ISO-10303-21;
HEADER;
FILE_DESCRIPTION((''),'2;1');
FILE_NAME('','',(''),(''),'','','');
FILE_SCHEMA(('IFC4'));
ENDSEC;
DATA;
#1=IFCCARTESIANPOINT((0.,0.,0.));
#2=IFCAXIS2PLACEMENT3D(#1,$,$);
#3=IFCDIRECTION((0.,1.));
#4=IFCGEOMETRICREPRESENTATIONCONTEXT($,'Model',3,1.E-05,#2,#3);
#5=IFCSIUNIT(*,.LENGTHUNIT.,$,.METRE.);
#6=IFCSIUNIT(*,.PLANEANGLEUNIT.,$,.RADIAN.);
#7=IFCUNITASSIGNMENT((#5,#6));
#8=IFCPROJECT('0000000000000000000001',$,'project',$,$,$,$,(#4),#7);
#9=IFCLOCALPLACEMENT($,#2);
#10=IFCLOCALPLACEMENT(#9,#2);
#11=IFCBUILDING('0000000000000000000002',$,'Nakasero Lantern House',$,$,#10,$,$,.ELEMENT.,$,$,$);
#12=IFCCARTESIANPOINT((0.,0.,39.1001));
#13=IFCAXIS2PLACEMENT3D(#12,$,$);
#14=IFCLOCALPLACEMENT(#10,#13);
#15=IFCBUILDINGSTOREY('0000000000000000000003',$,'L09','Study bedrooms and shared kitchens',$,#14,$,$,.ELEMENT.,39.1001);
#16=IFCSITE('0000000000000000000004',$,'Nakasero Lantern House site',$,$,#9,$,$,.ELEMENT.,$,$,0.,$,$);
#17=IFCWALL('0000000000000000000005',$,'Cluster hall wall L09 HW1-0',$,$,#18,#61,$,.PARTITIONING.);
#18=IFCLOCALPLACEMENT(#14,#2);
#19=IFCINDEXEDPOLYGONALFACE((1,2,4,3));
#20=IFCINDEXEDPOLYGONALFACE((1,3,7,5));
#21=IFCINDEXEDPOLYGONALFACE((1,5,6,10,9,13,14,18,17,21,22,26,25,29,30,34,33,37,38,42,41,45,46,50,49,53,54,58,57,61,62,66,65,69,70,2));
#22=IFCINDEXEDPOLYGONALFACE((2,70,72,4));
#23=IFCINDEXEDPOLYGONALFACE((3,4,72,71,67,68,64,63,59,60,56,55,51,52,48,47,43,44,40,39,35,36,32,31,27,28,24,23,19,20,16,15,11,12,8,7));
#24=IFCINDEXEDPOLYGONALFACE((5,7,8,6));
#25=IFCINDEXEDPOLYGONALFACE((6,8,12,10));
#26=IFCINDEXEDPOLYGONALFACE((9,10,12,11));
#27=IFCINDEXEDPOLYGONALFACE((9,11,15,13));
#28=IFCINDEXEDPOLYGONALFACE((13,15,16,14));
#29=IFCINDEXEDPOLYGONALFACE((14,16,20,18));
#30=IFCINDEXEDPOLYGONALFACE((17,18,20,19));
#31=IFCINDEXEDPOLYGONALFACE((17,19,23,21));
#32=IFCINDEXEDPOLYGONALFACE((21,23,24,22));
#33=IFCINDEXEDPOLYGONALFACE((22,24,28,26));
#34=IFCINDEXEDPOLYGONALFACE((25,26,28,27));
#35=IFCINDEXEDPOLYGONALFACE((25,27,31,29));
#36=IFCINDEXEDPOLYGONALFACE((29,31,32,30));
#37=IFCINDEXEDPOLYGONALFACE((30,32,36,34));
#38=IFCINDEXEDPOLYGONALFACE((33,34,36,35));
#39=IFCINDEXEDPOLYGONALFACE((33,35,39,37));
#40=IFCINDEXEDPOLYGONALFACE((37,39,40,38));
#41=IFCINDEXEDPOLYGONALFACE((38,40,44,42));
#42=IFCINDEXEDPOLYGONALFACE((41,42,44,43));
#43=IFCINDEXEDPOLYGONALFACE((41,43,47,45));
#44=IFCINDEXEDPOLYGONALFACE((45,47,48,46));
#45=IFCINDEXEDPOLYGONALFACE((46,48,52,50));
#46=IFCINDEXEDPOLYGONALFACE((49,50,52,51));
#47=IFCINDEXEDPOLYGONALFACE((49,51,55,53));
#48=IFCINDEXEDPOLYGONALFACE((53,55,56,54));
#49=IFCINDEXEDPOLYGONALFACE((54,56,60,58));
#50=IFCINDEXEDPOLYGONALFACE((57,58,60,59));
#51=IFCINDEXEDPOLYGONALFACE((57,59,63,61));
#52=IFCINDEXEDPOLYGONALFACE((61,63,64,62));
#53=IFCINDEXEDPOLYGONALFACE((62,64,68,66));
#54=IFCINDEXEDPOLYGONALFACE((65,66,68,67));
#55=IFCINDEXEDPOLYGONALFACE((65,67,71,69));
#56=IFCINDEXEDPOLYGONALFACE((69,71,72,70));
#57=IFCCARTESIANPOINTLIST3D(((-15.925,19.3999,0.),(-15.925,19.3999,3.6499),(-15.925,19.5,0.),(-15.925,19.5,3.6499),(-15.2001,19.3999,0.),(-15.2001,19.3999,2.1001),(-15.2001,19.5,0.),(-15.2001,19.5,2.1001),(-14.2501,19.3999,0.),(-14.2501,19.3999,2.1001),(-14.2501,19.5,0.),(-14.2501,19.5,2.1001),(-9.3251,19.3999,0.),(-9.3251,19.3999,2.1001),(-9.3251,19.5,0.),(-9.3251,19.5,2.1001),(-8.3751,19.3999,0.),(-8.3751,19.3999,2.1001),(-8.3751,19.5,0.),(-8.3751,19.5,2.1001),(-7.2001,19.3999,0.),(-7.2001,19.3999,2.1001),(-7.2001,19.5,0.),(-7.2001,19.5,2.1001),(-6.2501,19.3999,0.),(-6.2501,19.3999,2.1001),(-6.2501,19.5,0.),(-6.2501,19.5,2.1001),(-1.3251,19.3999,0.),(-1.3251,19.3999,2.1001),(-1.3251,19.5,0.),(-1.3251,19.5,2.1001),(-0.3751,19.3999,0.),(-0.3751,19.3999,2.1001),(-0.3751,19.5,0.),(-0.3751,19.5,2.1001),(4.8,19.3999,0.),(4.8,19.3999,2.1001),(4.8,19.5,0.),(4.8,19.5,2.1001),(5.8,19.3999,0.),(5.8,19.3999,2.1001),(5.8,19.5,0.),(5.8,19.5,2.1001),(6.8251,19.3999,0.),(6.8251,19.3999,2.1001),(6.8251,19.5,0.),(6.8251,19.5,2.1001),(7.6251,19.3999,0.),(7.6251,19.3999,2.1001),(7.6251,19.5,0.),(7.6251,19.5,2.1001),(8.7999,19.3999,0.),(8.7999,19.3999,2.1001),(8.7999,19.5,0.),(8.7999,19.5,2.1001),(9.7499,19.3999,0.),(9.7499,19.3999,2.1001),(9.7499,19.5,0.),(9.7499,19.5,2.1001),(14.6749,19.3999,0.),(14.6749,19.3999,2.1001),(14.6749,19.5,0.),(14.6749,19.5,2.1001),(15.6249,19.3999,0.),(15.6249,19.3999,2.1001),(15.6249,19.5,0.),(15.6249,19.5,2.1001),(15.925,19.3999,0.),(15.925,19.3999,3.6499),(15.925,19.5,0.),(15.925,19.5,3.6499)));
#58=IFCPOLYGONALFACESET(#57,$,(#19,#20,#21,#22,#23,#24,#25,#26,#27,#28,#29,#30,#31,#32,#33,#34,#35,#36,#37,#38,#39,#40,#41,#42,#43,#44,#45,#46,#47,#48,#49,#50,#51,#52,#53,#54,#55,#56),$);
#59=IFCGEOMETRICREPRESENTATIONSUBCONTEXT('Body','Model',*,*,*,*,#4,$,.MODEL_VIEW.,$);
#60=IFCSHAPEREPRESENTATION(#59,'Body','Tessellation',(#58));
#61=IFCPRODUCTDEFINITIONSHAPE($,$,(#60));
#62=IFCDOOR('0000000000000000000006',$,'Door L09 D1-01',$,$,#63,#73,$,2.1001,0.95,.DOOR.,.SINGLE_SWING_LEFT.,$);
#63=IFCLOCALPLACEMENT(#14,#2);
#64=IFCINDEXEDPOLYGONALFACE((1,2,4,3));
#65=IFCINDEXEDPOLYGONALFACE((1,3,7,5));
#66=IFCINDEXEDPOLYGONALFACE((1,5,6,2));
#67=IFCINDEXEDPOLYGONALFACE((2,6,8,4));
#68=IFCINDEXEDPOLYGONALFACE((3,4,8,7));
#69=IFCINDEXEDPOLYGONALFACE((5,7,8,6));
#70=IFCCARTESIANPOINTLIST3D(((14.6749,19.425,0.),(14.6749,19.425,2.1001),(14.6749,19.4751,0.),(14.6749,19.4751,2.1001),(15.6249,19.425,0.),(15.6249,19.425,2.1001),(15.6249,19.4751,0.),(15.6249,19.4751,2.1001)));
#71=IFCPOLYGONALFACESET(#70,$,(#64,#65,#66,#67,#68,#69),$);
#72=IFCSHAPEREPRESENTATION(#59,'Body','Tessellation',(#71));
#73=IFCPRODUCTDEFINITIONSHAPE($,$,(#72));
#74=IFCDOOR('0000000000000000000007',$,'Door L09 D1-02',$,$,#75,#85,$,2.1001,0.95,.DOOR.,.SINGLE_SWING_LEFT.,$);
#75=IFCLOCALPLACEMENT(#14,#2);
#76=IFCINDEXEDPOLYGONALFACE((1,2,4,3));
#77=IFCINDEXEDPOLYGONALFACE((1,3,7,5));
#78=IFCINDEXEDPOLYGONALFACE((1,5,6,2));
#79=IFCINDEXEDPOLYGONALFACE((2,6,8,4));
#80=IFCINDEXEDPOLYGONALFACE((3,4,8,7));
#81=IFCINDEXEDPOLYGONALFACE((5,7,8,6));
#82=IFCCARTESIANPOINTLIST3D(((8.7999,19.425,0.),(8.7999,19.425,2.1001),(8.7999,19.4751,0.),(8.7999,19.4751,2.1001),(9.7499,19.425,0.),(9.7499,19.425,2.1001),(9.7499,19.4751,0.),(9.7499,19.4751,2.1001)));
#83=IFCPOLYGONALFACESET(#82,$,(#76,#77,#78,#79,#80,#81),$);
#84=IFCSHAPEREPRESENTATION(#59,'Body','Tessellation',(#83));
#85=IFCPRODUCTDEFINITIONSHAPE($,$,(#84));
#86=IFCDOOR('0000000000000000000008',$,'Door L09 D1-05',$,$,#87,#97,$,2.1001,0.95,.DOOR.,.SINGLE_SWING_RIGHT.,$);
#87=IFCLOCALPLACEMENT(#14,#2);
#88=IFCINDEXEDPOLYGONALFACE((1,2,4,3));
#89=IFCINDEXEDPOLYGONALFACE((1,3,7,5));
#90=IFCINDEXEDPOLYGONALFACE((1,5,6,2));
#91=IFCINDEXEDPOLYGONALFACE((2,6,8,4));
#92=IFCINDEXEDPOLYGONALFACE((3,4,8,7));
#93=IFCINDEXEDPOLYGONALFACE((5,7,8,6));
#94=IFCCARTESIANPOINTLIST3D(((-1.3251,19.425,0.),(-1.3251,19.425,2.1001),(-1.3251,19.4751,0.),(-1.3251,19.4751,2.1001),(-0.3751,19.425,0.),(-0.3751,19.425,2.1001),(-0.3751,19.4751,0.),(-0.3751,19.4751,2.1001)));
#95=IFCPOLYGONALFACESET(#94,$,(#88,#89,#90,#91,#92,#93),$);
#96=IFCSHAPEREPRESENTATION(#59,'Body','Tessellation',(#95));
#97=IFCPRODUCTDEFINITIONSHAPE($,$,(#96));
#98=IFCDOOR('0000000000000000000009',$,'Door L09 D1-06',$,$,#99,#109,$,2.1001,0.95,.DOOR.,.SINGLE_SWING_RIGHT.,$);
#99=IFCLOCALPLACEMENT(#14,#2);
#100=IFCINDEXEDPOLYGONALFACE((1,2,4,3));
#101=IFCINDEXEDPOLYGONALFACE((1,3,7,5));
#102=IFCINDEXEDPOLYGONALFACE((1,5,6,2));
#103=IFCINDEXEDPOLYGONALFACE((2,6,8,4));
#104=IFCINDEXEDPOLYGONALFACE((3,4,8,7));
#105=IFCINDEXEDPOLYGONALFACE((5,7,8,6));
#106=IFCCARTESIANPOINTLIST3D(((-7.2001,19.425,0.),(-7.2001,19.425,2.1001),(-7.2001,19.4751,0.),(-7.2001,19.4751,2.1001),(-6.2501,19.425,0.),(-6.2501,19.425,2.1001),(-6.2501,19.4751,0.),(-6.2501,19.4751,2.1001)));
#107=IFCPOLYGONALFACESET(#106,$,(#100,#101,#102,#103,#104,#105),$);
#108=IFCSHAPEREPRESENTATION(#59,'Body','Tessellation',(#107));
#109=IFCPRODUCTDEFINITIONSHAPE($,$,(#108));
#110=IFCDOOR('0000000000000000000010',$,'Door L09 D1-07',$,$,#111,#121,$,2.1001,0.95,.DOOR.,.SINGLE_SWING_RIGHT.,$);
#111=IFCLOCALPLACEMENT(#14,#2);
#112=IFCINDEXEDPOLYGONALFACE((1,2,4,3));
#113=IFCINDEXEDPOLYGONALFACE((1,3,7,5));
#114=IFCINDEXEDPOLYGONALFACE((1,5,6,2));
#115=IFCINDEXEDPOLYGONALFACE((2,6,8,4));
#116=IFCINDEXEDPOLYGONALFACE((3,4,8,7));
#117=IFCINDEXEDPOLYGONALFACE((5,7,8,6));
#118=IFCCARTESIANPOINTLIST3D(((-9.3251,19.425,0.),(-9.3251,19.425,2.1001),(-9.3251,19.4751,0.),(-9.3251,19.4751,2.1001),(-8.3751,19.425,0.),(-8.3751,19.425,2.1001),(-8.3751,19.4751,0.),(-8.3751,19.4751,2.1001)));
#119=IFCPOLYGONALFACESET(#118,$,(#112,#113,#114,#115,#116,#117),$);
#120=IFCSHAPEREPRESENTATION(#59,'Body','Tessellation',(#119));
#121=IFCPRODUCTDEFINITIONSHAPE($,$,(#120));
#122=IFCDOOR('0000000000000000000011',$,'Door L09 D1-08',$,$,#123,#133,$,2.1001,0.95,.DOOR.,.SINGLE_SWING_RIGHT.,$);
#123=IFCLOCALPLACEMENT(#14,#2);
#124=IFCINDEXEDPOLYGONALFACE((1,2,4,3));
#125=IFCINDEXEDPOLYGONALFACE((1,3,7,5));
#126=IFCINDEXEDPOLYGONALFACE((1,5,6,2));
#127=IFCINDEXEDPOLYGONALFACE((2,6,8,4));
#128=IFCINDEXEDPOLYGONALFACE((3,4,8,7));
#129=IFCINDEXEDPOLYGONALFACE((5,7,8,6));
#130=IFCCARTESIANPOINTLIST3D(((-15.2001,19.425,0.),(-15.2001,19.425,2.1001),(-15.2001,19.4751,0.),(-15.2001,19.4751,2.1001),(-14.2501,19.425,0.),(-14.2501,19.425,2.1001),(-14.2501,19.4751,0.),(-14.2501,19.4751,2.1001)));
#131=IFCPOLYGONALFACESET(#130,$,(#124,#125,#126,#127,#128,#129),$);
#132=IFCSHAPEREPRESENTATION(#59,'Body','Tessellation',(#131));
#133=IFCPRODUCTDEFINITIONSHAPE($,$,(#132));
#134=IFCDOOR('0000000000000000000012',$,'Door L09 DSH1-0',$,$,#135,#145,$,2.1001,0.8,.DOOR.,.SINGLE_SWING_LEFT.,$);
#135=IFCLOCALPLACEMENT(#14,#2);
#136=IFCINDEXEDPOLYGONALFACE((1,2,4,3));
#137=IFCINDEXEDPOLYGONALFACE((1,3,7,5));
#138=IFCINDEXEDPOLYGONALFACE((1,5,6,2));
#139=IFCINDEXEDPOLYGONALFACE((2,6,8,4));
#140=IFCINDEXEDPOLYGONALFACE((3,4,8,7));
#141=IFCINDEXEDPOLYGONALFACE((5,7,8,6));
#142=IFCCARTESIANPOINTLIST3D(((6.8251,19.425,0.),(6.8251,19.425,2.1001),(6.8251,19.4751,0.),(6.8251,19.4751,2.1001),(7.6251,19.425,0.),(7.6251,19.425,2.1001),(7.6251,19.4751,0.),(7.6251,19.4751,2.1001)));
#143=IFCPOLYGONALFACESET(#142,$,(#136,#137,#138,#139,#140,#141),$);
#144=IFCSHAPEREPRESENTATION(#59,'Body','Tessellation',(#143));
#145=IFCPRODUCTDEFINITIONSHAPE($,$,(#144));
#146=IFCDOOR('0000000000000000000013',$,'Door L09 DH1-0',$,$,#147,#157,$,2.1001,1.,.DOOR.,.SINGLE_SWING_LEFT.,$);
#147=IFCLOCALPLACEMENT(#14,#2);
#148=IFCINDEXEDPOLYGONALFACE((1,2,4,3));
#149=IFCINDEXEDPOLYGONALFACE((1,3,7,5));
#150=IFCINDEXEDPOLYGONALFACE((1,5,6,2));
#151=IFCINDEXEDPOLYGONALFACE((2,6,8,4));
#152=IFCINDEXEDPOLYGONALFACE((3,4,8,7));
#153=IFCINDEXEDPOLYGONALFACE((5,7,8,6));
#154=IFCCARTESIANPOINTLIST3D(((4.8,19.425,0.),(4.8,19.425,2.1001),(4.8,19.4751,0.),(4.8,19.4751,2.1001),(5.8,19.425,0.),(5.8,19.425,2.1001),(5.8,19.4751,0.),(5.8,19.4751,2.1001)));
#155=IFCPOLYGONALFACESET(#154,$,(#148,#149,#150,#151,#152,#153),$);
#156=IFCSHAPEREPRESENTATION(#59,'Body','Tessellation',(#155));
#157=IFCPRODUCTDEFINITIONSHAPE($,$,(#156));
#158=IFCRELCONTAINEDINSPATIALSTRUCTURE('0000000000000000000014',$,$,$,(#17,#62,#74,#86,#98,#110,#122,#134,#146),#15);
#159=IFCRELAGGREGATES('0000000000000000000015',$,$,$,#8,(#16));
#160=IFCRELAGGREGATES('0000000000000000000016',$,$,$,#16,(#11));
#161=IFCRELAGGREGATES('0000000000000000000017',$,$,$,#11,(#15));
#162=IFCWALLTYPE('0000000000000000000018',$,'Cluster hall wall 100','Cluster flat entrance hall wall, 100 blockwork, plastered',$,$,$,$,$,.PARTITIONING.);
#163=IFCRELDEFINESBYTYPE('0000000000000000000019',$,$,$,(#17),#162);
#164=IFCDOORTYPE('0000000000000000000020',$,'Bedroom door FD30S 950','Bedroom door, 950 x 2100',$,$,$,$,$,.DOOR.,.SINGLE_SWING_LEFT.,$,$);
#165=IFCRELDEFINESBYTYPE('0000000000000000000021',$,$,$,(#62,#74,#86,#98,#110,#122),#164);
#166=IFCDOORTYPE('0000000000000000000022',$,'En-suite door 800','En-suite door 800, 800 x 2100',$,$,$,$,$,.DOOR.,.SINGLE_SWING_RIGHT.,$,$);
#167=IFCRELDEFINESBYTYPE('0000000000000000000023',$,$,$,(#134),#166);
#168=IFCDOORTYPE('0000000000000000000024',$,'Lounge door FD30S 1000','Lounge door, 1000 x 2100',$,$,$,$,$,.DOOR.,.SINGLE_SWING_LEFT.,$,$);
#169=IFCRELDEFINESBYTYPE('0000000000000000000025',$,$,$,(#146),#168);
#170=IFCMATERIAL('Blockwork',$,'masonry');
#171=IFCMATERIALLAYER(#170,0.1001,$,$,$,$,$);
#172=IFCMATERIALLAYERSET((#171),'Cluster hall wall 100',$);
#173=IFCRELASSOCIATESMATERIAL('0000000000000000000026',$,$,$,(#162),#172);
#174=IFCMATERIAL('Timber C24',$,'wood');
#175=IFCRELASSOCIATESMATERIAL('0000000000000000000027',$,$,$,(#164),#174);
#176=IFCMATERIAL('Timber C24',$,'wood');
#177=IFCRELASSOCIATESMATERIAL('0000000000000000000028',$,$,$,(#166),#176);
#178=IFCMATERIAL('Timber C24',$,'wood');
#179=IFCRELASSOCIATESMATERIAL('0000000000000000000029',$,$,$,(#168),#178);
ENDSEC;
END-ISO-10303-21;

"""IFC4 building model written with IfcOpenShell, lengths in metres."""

from ifc_helpers import new_model, si_unit, direction, frame, frame_2d, origin, place, context, subcontext, project, spatial, rectangle, extrude, material, layer, layer_set, type_object, element, fill, save


model = new_model("IFC4")

# Units and contexts
model_context = context("Model", 3, precision=1e-05, world=origin(), true_north=direction((0.0, 1.0)))
body_context = subcontext(model_context, "Body", "Model", "MODEL_VIEW")
ifc_project = project(units=[si_unit("LENGTHUNIT", "METRE"), si_unit("PLANEANGLEUNIT", "RADIAN")], contexts=[model_context])

# Site, building, storey
site_placement = place(None, origin())
site = spatial("IfcSite", under=ifc_project, at=site_placement, Name="Nakasero Lantern House site", CompositionType="ELEMENT", RefElevation=0.0)
building_placement = place(site_placement, origin())
building = spatial("IfcBuilding", under=site, at=building_placement, Name="Nakasero Lantern House", CompositionType="ELEMENT")
storey_placement = place(building_placement, frame((0.0, 0.0, 39.1001)))
storey = spatial("IfcBuildingStorey", under=building, at=storey_placement, Name="L09", Description="Study bedrooms and shared kitchens", CompositionType="ELEMENT", Elevation=39.1001)

# Wall, openings, doors
ifc_material_1 = material(Name="Blockwork", Category="masonry")
ifc_layer_1 = layer(ifc_material_1, 0.1001)
ifc_layer_set_1 = layer_set([ifc_layer_1], Name="Cluster hall wall 100")
wall_type_1 = type_object("IfcWallType", Name="Cluster hall wall 100", Description="Cluster flat entrance hall wall, 100 blockwork, plastered", PredefinedType="PARTITIONING", material=ifc_layer_set_1)
wall_1_placement = place(storey_placement, frame((15.925, 19.45, 0.0), z_axis=(0.0, 0.0, 1.0), x_axis=(-1.0, 0.0, 0.0)))
wall_1 = element("IfcWall", 1, at=wall_1_placement, inside=storey, type_object=wall_type_1, Name="Cluster hall wall L09 HW1-0", PredefinedType="PARTITIONING", context=body_context, shape_type="SweptSolid", body=[
    extrude(rectangle(XDim=31.8501, YDim=0.1001, at=frame_2d((15.925, 0.0))), origin(), (0.0, 0.0, 1.0), 3.6499),
])
opening_1_placement = place(wall_1_placement, frame((10.125, 0.0, 0.0)))
opening_1 = element("IfcOpeningElement", 2, at=opening_1_placement, cuts=wall_1, PredefinedType="OPENING", context=body_context, shape_type="SweptSolid", body=[
    extrude(rectangle(XDim=1.0, YDim=2.1001, at=frame_2d((0.5, 1.05))), frame((0.0, 0.0701, 0.0), z_axis=(0.0, -1.0, 0.0), x_axis=(1.0, 0.0, 0.0)), (0.0, 0.0, 1.0), 0.1401),
])
opening_2_placement = place(wall_1_placement, frame((8.3, 0.0, 0.0)))
opening_2 = element("IfcOpeningElement", 3, at=opening_2_placement, cuts=wall_1, PredefinedType="OPENING", context=body_context, shape_type="SweptSolid", body=[
    extrude(rectangle(XDim=0.8, YDim=2.1001, at=frame_2d((0.3999, 1.05))), frame((0.0, 0.0701, 0.0), z_axis=(0.0, -1.0, 0.0), x_axis=(1.0, 0.0, 0.0)), (0.0, 0.0, 1.0), 0.1401),
])
opening_3_placement = place(wall_1_placement, frame((0.3, 0.0, 0.0)))
opening_3 = element("IfcOpeningElement", 4, at=opening_3_placement, cuts=wall_1, PredefinedType="OPENING", context=body_context, shape_type="SweptSolid", body=[
    extrude(rectangle(XDim=0.95, YDim=2.1001, at=frame_2d((0.4751, 1.05))), frame((0.0, 0.0701, 0.0), z_axis=(0.0, -1.0, 0.0), x_axis=(1.0, 0.0, 0.0)), (0.0, 0.0, 1.0), 0.1401),
])
opening_4_placement = place(wall_1_placement, frame((6.175, 0.0, 0.0)))
opening_4 = element("IfcOpeningElement", 5, at=opening_4_placement, cuts=wall_1, PredefinedType="OPENING", context=body_context, shape_type="SweptSolid", body=[
    extrude(rectangle(XDim=0.95, YDim=2.1001, at=frame_2d((0.4751, 1.05))), frame((0.0, 0.0701, 0.0), z_axis=(0.0, -1.0, 0.0), x_axis=(1.0, 0.0, 0.0)), (0.0, 0.0, 1.0), 0.1401),
])
opening_5_placement = place(wall_1_placement, frame((16.3, 0.0, 0.0)))
opening_5 = element("IfcOpeningElement", 6, at=opening_5_placement, cuts=wall_1, PredefinedType="OPENING", context=body_context, shape_type="SweptSolid", body=[
    extrude(rectangle(XDim=0.95, YDim=2.1001, at=frame_2d((0.4751, 1.05))), frame((0.0, 0.0701, 0.0), z_axis=(0.0, -1.0, 0.0), x_axis=(1.0, 0.0, 0.0)), (0.0, 0.0, 1.0), 0.1401),
])
opening_6_placement = place(wall_1_placement, frame((22.175, 0.0, 0.0)))
opening_6 = element("IfcOpeningElement", 7, at=opening_6_placement, cuts=wall_1, PredefinedType="OPENING", context=body_context, shape_type="SweptSolid", body=[
    extrude(rectangle(XDim=0.95, YDim=2.1001, at=frame_2d((0.4751, 1.05))), frame((0.0, 0.0701, 0.0), z_axis=(0.0, -1.0, 0.0), x_axis=(1.0, 0.0, 0.0)), (0.0, 0.0, 1.0), 0.1401),
])
opening_7_placement = place(wall_1_placement, frame((24.3, 0.0, 0.0)))
opening_7 = element("IfcOpeningElement", 8, at=opening_7_placement, cuts=wall_1, PredefinedType="OPENING", context=body_context, shape_type="SweptSolid", body=[
    extrude(rectangle(XDim=0.95, YDim=2.1001, at=frame_2d((0.4751, 1.05))), frame((0.0, 0.0701, 0.0), z_axis=(0.0, -1.0, 0.0), x_axis=(1.0, 0.0, 0.0)), (0.0, 0.0, 1.0), 0.1401),
])
opening_8_placement = place(wall_1_placement, frame((30.175, 0.0, 0.0)))
opening_8 = element("IfcOpeningElement", 9, at=opening_8_placement, cuts=wall_1, PredefinedType="OPENING", context=body_context, shape_type="SweptSolid", body=[
    extrude(rectangle(XDim=0.95, YDim=2.1001, at=frame_2d((0.4751, 1.05))), frame((0.0, 0.0701, 0.0), z_axis=(0.0, -1.0, 0.0), x_axis=(1.0, 0.0, 0.0)), (0.0, 0.0, 1.0), 0.1401),
])
ifc_material_2 = material(Name="Timber C24", Category="wood")
door_type_1 = type_object("IfcDoorType", Name="Bedroom door FD30S 950", Description="Bedroom door, 950 x 2100", OperationType="SINGLE_SWING_LEFT", PredefinedType="DOOR", material=ifc_material_2)
door_1_placement = place(opening_3_placement, origin())
door_1 = element("IfcDoor", 10, at=door_1_placement, inside=storey, type_object=door_type_1, Name="Door L09 D1-01", OperationType="SINGLE_SWING_LEFT", OverallHeight=2.1001, OverallWidth=0.95, PredefinedType="DOOR", context=body_context, shape_type="SweptSolid", body=[
    extrude(rectangle(XDim=0.95, YDim=2.1001, at=frame_2d((0.4751, 1.05))), frame((0.0, 0.0249, 0.0), z_axis=(0.0, -1.0, 0.0), x_axis=(1.0, 0.0, 0.0)), (0.0, 0.0, 1.0), 0.05),
])
fill(opening_3, door_1)
door_2_placement = place(opening_4_placement, origin())
door_2 = element("IfcDoor", 11, at=door_2_placement, inside=storey, type_object=door_type_1, Name="Door L09 D1-02", OperationType="SINGLE_SWING_LEFT", OverallHeight=2.1001, OverallWidth=0.95, PredefinedType="DOOR", context=body_context, shape_type="SweptSolid", body=[
    extrude(rectangle(XDim=0.95, YDim=2.1001, at=frame_2d((0.4751, 1.05))), frame((0.0, 0.0249, 0.0), z_axis=(0.0, -1.0, 0.0), x_axis=(1.0, 0.0, 0.0)), (0.0, 0.0, 1.0), 0.05),
])
fill(opening_4, door_2)
door_3_placement = place(opening_5_placement, origin())
door_3 = element("IfcDoor", 12, at=door_3_placement, inside=storey, type_object=door_type_1, Name="Door L09 D1-05", OperationType="SINGLE_SWING_RIGHT", OverallHeight=2.1001, OverallWidth=0.95, PredefinedType="DOOR", context=body_context, shape_type="SweptSolid", body=[
    extrude(rectangle(XDim=0.95, YDim=2.1001, at=frame_2d((0.4751, 1.05))), frame((0.0, 0.0249, 0.0), z_axis=(0.0, -1.0, 0.0), x_axis=(1.0, 0.0, 0.0)), (0.0, 0.0, 1.0), 0.05),
])
fill(opening_5, door_3)
door_4_placement = place(opening_6_placement, origin())
door_4 = element("IfcDoor", 13, at=door_4_placement, inside=storey, type_object=door_type_1, Name="Door L09 D1-06", OperationType="SINGLE_SWING_RIGHT", OverallHeight=2.1001, OverallWidth=0.95, PredefinedType="DOOR", context=body_context, shape_type="SweptSolid", body=[
    extrude(rectangle(XDim=0.95, YDim=2.1001, at=frame_2d((0.4751, 1.05))), frame((0.0, 0.0249, 0.0), z_axis=(0.0, -1.0, 0.0), x_axis=(1.0, 0.0, 0.0)), (0.0, 0.0, 1.0), 0.05),
])
fill(opening_6, door_4)
door_5_placement = place(opening_7_placement, origin())
door_5 = element("IfcDoor", 14, at=door_5_placement, inside=storey, type_object=door_type_1, Name="Door L09 D1-07", OperationType="SINGLE_SWING_RIGHT", OverallHeight=2.1001, OverallWidth=0.95, PredefinedType="DOOR", context=body_context, shape_type="SweptSolid", body=[
    extrude(rectangle(XDim=0.95, YDim=2.1001, at=frame_2d((0.4751, 1.05))), frame((0.0, 0.0249, 0.0), z_axis=(0.0, -1.0, 0.0), x_axis=(1.0, 0.0, 0.0)), (0.0, 0.0, 1.0), 0.05),
])
fill(opening_7, door_5)
door_6_placement = place(opening_8_placement, origin())
door_6 = element("IfcDoor", 15, at=door_6_placement, inside=storey, type_object=door_type_1, Name="Door L09 D1-08", OperationType="SINGLE_SWING_RIGHT", OverallHeight=2.1001, OverallWidth=0.95, PredefinedType="DOOR", context=body_context, shape_type="SweptSolid", body=[
    extrude(rectangle(XDim=0.95, YDim=2.1001, at=frame_2d((0.4751, 1.05))), frame((0.0, 0.0249, 0.0), z_axis=(0.0, -1.0, 0.0), x_axis=(1.0, 0.0, 0.0)), (0.0, 0.0, 1.0), 0.05),
])
fill(opening_8, door_6)
ifc_material_3 = material(Name="Timber C24", Category="wood")
door_type_2 = type_object("IfcDoorType", Name="En-suite door 800", Description="En-suite door 800, 800 x 2100", OperationType="SINGLE_SWING_RIGHT", PredefinedType="DOOR", material=ifc_material_3)
door_7_placement = place(opening_2_placement, origin())
door_7 = element("IfcDoor", 16, at=door_7_placement, inside=storey, type_object=door_type_2, Name="Door L09 DSH1-0", OperationType="SINGLE_SWING_LEFT", OverallHeight=2.1001, OverallWidth=0.8, PredefinedType="DOOR", context=body_context, shape_type="SweptSolid", body=[
    extrude(rectangle(XDim=0.8, YDim=2.1001, at=frame_2d((0.3999, 1.05))), frame((0.0, 0.0249, 0.0), z_axis=(0.0, -1.0, 0.0), x_axis=(1.0, 0.0, 0.0)), (0.0, 0.0, 1.0), 0.05),
])
fill(opening_2, door_7)
ifc_material_4 = material(Name="Timber C24", Category="wood")
door_type_3 = type_object("IfcDoorType", Name="Lounge door FD30S 1000", Description="Lounge door, 1000 x 2100", OperationType="SINGLE_SWING_LEFT", PredefinedType="DOOR", material=ifc_material_4)
door_8_placement = place(opening_1_placement, origin())
door_8 = element("IfcDoor", 17, at=door_8_placement, inside=storey, type_object=door_type_3, Name="Door L09 DH1-0", OperationType="SINGLE_SWING_LEFT", OverallHeight=2.1001, OverallWidth=1.0, PredefinedType="DOOR", context=body_context, shape_type="SweptSolid", body=[
    extrude(rectangle(XDim=1.0, YDim=2.1001, at=frame_2d((0.5, 1.05))), frame((0.0, 0.0249, 0.0), z_axis=(0.0, -1.0, 0.0), x_axis=(1.0, 0.0, 0.0)), (0.0, 0.0, 1.0), 0.05),
])
fill(opening_1, door_8)

save(model, "model.ifc")
